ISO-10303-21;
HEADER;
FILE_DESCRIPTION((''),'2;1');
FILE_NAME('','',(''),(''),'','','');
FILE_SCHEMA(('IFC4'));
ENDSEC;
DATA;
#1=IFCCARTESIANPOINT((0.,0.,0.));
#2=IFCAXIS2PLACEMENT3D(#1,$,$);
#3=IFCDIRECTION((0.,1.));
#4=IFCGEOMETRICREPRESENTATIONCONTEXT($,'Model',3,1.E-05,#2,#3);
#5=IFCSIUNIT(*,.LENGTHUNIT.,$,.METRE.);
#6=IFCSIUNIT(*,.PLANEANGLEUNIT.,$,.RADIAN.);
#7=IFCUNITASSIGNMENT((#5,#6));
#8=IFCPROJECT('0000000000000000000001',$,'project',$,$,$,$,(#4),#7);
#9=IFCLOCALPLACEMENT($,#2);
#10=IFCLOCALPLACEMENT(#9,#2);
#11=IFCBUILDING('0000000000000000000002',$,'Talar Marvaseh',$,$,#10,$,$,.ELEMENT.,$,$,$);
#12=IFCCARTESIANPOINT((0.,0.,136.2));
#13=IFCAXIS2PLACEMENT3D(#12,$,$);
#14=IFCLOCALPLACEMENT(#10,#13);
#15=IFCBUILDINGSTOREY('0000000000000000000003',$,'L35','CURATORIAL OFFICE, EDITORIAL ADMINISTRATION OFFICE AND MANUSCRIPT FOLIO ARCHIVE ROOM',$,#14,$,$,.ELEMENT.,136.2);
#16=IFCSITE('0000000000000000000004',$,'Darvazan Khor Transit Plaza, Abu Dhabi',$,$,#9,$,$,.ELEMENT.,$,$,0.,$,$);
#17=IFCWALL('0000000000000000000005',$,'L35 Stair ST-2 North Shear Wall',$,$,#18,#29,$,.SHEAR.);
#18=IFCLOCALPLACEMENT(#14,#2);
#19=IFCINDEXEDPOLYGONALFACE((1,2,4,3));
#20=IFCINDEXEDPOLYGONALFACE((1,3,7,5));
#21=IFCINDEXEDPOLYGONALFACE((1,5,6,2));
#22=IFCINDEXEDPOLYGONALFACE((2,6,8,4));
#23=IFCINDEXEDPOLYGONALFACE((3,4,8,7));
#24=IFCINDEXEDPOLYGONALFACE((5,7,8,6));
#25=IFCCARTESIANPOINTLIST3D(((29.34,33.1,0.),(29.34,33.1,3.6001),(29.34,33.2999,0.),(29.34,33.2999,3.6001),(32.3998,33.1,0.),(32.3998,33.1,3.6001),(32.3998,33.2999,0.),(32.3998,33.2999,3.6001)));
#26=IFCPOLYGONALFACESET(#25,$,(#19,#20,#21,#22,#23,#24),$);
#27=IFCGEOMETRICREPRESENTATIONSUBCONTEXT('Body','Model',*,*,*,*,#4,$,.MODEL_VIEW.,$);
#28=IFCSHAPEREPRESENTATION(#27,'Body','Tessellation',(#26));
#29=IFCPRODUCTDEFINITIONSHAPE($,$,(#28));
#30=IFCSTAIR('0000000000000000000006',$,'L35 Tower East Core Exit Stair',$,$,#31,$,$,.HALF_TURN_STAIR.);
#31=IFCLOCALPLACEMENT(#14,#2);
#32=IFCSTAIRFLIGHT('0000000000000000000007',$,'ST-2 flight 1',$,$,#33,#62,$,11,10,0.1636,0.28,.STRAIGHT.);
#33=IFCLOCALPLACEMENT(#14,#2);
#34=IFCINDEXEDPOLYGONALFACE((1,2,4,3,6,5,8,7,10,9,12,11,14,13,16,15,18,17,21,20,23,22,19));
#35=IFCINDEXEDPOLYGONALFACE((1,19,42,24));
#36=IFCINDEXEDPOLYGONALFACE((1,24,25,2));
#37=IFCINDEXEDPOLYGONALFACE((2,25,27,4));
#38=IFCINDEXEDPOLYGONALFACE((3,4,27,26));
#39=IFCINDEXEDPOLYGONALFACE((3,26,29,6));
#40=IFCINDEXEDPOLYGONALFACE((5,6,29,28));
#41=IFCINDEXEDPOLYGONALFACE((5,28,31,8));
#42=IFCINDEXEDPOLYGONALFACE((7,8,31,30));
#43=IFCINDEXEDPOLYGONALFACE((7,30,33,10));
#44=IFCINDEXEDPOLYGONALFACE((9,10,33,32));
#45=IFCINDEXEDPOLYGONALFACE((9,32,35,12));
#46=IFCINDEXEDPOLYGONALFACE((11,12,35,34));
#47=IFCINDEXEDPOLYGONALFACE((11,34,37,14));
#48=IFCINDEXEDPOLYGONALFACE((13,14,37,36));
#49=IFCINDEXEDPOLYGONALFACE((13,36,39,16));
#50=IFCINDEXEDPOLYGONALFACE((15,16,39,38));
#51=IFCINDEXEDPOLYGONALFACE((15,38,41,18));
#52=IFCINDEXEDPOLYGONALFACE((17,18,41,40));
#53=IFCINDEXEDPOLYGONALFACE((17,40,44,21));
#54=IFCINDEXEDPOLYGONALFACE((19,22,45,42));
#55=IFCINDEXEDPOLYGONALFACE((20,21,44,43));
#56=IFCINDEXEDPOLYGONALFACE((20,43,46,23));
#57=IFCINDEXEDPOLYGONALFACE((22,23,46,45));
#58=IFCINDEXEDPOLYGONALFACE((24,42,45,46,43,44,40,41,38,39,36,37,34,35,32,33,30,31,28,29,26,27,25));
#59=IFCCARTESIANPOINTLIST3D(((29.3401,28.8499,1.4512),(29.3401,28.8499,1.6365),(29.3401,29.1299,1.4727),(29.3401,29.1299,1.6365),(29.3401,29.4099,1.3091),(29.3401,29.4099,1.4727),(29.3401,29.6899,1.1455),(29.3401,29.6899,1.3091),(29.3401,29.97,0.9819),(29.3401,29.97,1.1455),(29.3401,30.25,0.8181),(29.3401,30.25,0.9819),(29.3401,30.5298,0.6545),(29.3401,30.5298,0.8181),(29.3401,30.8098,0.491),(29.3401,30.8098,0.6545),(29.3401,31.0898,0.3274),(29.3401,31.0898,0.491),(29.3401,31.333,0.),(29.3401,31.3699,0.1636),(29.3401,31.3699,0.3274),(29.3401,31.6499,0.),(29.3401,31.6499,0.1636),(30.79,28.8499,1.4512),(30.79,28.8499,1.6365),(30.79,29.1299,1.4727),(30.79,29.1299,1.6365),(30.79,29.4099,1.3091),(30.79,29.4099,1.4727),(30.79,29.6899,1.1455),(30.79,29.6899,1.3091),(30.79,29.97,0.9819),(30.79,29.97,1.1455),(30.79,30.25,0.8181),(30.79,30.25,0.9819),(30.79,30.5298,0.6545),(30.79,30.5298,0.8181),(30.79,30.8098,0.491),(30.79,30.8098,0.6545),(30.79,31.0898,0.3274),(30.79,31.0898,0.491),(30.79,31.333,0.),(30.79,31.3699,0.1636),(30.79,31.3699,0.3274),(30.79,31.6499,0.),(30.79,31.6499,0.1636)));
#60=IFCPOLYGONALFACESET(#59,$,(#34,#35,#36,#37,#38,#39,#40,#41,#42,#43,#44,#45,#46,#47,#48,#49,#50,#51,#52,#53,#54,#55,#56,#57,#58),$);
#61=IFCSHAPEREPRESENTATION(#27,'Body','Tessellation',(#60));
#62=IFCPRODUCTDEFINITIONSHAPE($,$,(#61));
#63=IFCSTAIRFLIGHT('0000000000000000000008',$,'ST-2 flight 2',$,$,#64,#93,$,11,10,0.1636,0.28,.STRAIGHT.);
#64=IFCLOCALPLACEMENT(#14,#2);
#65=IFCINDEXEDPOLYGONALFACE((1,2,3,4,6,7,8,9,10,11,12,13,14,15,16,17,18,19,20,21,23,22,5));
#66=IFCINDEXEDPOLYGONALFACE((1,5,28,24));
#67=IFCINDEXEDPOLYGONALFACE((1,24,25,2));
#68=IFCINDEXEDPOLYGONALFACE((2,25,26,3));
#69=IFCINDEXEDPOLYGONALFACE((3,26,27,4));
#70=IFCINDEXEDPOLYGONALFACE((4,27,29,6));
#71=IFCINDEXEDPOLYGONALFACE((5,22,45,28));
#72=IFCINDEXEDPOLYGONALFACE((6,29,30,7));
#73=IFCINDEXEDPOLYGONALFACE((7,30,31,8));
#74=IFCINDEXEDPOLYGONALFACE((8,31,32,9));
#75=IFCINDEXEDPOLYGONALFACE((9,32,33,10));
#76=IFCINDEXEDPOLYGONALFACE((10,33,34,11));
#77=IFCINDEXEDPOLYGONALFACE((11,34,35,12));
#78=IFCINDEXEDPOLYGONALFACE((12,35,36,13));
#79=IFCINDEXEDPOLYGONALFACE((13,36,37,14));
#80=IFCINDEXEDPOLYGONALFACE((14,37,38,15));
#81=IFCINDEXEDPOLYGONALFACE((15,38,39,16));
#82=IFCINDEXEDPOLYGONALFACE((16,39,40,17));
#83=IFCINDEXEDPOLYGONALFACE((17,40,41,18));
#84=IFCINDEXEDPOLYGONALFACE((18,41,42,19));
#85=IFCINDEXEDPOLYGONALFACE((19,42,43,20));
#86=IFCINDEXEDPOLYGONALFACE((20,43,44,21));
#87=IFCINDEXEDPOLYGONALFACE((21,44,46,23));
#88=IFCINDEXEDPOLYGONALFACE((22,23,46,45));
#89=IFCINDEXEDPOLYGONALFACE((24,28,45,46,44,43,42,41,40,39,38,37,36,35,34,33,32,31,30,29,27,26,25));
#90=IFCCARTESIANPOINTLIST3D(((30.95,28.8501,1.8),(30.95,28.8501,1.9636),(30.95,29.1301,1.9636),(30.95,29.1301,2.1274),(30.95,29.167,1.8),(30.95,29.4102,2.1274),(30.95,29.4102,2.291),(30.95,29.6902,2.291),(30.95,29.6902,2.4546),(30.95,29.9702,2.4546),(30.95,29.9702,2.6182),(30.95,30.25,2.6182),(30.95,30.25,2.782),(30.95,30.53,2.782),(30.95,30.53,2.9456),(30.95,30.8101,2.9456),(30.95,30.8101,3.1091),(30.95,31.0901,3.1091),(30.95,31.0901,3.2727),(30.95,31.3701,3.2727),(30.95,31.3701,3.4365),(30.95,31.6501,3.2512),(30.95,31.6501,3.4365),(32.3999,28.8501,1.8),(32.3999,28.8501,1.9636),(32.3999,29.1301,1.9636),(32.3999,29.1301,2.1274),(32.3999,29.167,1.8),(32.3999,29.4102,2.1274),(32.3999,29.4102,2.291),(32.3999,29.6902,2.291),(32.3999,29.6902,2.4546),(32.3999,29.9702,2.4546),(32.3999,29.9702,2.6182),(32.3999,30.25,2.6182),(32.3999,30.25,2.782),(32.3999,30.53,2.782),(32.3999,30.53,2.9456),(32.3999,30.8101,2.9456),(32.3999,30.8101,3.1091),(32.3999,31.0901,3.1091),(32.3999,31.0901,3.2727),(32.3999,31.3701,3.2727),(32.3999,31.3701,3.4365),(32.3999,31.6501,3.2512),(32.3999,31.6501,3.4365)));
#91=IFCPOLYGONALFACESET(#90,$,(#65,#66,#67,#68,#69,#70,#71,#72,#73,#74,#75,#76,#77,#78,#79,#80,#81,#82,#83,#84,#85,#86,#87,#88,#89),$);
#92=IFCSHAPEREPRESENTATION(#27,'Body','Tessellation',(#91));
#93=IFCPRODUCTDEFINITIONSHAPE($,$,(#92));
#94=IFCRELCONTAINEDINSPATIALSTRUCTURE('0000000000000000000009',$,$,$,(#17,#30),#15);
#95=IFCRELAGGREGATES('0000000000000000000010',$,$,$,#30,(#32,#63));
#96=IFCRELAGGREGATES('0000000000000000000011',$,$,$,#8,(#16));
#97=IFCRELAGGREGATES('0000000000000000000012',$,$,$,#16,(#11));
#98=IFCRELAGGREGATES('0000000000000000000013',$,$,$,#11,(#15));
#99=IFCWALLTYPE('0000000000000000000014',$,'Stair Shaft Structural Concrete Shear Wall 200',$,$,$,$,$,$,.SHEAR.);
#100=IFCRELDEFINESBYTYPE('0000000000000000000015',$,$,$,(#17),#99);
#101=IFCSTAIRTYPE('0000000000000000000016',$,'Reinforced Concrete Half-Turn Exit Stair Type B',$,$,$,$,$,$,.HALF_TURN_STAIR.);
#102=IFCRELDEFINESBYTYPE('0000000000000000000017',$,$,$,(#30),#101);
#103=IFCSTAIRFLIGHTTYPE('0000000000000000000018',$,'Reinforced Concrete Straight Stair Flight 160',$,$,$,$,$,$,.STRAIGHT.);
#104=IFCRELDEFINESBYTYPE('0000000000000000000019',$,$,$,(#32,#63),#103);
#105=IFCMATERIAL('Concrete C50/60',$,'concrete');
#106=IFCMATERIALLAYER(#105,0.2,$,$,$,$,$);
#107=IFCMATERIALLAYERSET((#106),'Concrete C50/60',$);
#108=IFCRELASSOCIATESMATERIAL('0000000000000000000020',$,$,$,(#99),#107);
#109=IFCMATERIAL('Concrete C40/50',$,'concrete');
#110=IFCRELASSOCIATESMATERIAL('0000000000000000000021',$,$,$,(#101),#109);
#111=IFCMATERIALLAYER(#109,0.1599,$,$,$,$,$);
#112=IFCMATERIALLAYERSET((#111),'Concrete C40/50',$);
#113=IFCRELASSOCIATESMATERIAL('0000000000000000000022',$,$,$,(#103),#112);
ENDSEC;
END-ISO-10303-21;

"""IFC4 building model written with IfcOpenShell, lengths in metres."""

from ifc_helpers import new_model, si_unit, direction, frame, frame_2d, origin, place, context, subcontext, project, spatial, polyline, rectangle, outline, extrude, material, layer, layer_set, type_object, element, aggregate, save


model = new_model("IFC4")

# Units and contexts
model_context = context("Model", 3, precision=1e-05, world=origin(), true_north=direction((0.0, 1.0)))
body_context = subcontext(model_context, "Body", "Model", "MODEL_VIEW")
ifc_project = project(units=[si_unit("LENGTHUNIT", "METRE"), si_unit("PLANEANGLEUNIT", "RADIAN")], contexts=[model_context])

# Site, building, storey
site_placement = place(None, origin())
site = spatial("IfcSite", under=ifc_project, at=site_placement, Name="Darvazan Khor Transit Plaza, Abu Dhabi", CompositionType="ELEMENT", RefElevation=0.0)
building_placement = place(site_placement, origin())
building = spatial("IfcBuilding", under=site, at=building_placement, Name="Talar Marvaseh", CompositionType="ELEMENT")
storey_placement = place(building_placement, frame((0.0, 0.0, 136.2)))
storey = spatial("IfcBuildingStorey", under=building, at=storey_placement, Name="L35", Description="CURATORIAL OFFICE, EDITORIAL ADMINISTRATION OFFICE AND MANUSCRIPT FOLIO ARCHIVE ROOM", CompositionType="ELEMENT", Elevation=136.2)

# Shared definitions
ifc_material_1 = material(Name="Concrete C40/50", Category="concrete")

# Wall
ifc_material_2 = material(Name="Concrete C50/60", Category="concrete")
ifc_layer_1 = layer(ifc_material_2, 0.2)
ifc_layer_set_1 = layer_set([ifc_layer_1], Name="Concrete C50/60")
wall_type_1 = type_object("IfcWallType", Name="Stair Shaft Structural Concrete Shear Wall 200", PredefinedType="SHEAR", material=ifc_layer_set_1)
wall_1_placement = place(storey_placement, frame((29.3401, 33.2, 0.0), z_axis=(0.0, 0.0, 1.0), x_axis=(1.0, 0.0, 0.0)))
element("IfcWall", 1, at=wall_1_placement, inside=storey, type_object=wall_type_1, Name="L35 Stair ST-2 North Shear Wall", PredefinedType="SHEAR", context=body_context, shape_type="SweptSolid", body=[
    extrude(rectangle(XDim=3.0598, YDim=0.2, at=frame_2d((1.5298, 0.0))), origin(), (0.0, 0.0, 1.0), 3.6001),
])

# Stair, stair flights
stair_type = type_object("IfcStairType", Name="Reinforced Concrete Half-Turn Exit Stair Type B", PredefinedType="HALF_TURN_STAIR", material=ifc_material_1)
stair_placement = place(storey_placement, origin())
stair = element("IfcStair", 2, at=stair_placement, inside=storey, type_object=stair_type, Name="L35 Tower East Core Exit Stair", PredefinedType="HALF_TURN_STAIR")
ifc_layer_2 = layer(ifc_material_1, 0.1599)
ifc_layer_set_2 = layer_set([ifc_layer_2], Name="Concrete C40/50")
stair_flight_type = type_object("IfcStairFlightType", Name="Reinforced Concrete Straight Stair Flight 160", PredefinedType="STRAIGHT", material=ifc_layer_set_2)
stair_flight_1_placement = place(storey_placement, frame((30.0649, 31.6499, 0.0), z_axis=(0.0, 0.0, 1.0), x_axis=(0.0, -1.0, 0.0)))
stair_flight_1 = element("IfcStairFlight", 3, at=stair_flight_1_placement, type_object=stair_flight_type, Name="ST-2 flight 1", NumberOfRisers=11, NumberOfTreads=10, PredefinedType="STRAIGHT", RiserHeight=0.1636, TreadLength=0.28, context=body_context, shape_type="SweptSolid", body=[
    extrude(outline(polyline([(0.0, 0.0), (0.0, 0.1636), (0.28, 0.1636), (0.28, 0.3274), (0.5601, 0.3274), (0.5601, 0.491), (0.8401, 0.491), (0.8401, 0.6545), (1.1201, 0.6545), (1.1201, 0.8181), (1.3999, 0.8181), (1.3999, 0.9819), (1.6799, 0.9819), (1.6799, 1.1455), (1.96, 1.1455), (1.96, 1.3091), (2.24, 1.3091), (2.24, 1.4727), (2.52, 1.4727), (2.52, 1.6365), (2.8, 1.6365), (2.8, 1.8), (2.8, 1.4512), (0.3169, 0.0), (0.0, 0.0)])), frame((0.0, 0.7251, 0.0), z_axis=(0.0, -1.0, 0.0), x_axis=(1.0, 0.0, 0.0)), (0.0, 0.0, 1.0), 1.45),
])
stair_flight_2_placement = place(storey_placement, frame((31.675, 28.8501, 1.8), z_axis=(0.0, 0.0, 1.0), x_axis=(0.0, 1.0, 0.0)))
stair_flight_2 = element("IfcStairFlight", 4, at=stair_flight_2_placement, type_object=stair_flight_type, Name="ST-2 flight 2", NumberOfRisers=11, NumberOfTreads=10, PredefinedType="STRAIGHT", RiserHeight=0.1636, TreadLength=0.28, context=body_context, shape_type="SweptSolid", body=[
    extrude(outline(polyline([(0.0, 0.0), (0.0, 0.1636), (0.28, 0.1636), (0.28, 0.3274), (0.5601, 0.3274), (0.5601, 0.491), (0.8401, 0.491), (0.8401, 0.6545), (1.1201, 0.6545), (1.1201, 0.8181), (1.3999, 0.8181), (1.3999, 0.9819), (1.6799, 0.9819), (1.6799, 1.1455), (1.96, 1.1455), (1.96, 1.3091), (2.24, 1.3091), (2.24, 1.4727), (2.52, 1.4727), (2.52, 1.6365), (2.8, 1.6365), (2.8, 1.8), (2.8, 1.4512), (0.3169, 0.0), (0.0, 0.0)])), frame((0.0, 0.7251, 0.0), z_axis=(0.0, -1.0, 0.0), x_axis=(1.0, 0.0, 0.0)), (0.0, 0.0, 1.0), 1.45),
])
aggregate(stair, [stair_flight_1, stair_flight_2])

save(model, "model.ifc")
